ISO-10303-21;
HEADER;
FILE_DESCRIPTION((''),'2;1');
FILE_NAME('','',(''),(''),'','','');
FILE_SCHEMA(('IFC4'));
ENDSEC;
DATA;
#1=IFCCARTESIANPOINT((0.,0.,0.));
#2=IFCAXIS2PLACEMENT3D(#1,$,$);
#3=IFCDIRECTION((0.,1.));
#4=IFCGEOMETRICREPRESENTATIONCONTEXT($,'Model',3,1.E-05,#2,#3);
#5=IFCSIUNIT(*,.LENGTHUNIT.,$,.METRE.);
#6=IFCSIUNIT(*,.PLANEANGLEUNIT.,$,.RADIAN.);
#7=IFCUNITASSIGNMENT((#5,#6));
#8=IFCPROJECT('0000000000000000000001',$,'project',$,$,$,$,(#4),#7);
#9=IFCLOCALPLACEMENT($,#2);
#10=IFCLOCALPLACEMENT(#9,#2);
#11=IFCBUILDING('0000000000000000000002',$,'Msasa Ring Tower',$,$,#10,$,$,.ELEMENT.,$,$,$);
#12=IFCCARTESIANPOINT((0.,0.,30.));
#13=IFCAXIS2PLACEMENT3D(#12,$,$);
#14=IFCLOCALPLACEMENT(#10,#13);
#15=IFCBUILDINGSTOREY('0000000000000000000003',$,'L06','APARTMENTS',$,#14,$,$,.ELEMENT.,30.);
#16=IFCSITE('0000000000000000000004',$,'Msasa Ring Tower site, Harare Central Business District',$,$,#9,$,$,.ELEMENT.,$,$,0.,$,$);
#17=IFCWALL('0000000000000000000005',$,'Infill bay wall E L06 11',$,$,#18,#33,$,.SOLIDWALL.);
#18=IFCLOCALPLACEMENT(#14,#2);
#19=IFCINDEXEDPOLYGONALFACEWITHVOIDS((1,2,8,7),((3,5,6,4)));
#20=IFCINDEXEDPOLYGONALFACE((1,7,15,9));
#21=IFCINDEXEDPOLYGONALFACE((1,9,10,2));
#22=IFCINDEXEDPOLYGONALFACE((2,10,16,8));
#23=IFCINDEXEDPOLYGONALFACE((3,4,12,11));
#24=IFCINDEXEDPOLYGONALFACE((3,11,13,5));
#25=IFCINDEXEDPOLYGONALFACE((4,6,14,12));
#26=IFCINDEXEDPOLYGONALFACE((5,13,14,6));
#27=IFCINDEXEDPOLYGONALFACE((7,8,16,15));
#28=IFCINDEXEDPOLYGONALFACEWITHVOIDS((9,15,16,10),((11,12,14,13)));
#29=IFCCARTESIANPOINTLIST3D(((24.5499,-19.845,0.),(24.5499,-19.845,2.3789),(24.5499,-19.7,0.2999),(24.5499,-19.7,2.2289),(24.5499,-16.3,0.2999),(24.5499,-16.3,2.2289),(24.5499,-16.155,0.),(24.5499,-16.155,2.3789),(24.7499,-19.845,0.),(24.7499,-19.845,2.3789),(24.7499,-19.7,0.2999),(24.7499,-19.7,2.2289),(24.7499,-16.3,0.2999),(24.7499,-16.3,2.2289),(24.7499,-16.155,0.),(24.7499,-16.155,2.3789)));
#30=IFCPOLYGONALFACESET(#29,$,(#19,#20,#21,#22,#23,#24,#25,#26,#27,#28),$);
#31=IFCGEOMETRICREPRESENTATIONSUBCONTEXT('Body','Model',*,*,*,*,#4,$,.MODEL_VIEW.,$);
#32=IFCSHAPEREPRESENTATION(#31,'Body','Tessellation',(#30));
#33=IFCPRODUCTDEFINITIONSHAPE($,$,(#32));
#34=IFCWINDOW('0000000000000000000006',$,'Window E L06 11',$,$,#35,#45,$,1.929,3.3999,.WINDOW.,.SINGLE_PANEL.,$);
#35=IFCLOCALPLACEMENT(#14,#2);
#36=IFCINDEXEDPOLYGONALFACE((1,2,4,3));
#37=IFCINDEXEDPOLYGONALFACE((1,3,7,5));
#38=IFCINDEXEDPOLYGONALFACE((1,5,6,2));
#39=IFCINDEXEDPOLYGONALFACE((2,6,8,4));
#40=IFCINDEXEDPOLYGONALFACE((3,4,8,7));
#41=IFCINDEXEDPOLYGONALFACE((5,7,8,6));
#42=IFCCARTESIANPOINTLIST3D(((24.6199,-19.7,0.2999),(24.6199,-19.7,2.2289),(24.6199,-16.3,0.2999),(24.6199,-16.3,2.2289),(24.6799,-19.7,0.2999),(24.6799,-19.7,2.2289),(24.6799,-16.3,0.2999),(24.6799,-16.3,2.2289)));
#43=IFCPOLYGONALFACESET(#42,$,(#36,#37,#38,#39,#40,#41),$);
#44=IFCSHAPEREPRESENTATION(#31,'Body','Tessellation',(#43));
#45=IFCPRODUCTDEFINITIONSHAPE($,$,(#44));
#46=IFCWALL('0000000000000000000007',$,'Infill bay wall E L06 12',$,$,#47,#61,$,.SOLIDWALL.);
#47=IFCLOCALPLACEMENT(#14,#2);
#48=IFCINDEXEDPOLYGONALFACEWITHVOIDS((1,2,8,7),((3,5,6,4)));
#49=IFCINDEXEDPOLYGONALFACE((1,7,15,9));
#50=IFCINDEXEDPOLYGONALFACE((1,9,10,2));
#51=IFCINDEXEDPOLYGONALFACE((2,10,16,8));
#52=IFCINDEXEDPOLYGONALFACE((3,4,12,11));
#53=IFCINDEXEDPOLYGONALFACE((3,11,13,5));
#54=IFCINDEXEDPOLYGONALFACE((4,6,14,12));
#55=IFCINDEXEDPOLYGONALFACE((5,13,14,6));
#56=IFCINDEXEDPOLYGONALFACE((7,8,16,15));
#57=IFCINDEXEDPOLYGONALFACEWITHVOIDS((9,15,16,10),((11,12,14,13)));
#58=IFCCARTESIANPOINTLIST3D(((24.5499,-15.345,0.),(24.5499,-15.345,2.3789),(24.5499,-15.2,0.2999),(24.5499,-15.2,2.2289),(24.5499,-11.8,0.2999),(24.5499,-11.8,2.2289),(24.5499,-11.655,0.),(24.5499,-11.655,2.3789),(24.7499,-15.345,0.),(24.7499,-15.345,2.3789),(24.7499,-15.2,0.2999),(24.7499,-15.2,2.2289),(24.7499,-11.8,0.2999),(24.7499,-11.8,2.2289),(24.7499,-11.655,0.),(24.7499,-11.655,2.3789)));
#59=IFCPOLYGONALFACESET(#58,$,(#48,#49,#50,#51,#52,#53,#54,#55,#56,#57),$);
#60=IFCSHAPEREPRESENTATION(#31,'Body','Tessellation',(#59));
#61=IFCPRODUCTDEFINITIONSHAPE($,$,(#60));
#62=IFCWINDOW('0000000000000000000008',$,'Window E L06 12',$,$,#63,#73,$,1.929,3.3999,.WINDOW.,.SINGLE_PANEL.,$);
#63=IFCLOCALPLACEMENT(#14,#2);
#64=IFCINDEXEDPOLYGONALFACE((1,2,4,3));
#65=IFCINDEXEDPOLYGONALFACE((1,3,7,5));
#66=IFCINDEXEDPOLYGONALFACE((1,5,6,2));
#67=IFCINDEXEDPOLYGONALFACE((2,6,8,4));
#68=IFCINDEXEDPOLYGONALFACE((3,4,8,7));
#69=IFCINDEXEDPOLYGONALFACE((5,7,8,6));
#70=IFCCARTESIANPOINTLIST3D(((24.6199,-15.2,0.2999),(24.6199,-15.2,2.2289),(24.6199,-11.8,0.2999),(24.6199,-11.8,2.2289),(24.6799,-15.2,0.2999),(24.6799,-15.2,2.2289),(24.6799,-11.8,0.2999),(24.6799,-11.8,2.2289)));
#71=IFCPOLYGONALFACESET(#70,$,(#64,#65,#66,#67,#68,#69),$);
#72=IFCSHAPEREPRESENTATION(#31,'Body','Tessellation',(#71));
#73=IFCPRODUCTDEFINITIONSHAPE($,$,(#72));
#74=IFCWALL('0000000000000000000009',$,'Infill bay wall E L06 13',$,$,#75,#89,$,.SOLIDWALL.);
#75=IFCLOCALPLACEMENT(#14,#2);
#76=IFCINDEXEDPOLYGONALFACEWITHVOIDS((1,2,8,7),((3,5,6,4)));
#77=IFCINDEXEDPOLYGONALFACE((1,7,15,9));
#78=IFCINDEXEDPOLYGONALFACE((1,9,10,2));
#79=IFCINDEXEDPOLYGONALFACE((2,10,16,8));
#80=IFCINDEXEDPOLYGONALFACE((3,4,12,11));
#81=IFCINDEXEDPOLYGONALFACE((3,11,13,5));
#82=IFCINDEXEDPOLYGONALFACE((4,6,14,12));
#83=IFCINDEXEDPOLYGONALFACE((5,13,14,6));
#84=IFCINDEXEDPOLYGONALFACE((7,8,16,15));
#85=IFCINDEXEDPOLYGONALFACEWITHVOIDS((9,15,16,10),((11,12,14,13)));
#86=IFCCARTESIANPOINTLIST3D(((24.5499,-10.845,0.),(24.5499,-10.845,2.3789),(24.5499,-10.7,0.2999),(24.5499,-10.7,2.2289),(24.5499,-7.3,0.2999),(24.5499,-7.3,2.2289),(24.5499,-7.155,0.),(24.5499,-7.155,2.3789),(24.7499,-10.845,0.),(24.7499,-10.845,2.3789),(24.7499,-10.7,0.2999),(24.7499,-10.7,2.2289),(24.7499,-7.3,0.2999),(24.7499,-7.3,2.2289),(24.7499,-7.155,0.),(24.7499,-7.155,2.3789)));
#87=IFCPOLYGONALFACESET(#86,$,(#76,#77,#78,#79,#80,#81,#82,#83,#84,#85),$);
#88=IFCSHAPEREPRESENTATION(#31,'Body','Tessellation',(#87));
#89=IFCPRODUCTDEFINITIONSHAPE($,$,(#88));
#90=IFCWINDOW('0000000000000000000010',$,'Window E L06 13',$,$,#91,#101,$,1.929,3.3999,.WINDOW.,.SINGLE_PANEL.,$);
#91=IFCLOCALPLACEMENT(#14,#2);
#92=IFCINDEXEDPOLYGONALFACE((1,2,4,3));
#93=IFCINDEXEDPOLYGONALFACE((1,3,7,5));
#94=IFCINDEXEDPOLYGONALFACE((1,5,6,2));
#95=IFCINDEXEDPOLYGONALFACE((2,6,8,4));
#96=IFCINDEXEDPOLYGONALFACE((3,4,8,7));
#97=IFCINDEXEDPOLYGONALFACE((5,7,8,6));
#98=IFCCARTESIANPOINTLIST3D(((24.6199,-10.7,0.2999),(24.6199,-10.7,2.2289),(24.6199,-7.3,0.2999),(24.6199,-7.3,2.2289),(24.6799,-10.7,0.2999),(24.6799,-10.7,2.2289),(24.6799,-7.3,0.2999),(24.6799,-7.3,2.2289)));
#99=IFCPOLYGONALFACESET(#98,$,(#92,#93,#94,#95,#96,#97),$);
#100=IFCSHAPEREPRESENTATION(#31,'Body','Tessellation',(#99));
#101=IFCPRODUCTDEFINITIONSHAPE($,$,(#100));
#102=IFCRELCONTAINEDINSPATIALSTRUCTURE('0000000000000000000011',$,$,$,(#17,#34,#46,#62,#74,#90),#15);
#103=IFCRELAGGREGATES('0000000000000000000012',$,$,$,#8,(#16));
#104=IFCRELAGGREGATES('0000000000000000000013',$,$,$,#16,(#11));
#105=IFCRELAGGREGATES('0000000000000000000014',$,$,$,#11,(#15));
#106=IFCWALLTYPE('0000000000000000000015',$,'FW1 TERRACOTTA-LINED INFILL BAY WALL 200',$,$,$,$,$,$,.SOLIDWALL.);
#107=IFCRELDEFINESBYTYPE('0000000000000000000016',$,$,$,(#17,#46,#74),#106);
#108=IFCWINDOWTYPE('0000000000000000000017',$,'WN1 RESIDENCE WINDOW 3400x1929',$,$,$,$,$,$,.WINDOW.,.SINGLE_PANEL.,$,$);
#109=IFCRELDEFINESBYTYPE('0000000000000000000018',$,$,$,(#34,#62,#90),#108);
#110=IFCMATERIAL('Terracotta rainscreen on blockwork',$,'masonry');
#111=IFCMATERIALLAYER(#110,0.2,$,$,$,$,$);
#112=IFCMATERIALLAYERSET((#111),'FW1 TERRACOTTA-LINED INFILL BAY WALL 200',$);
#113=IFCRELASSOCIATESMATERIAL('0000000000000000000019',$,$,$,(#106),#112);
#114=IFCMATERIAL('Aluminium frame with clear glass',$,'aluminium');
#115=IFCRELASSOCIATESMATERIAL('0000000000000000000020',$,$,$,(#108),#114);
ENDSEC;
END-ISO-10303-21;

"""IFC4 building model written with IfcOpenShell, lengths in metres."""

from ifc_helpers import new_model, si_unit, direction, frame, frame_2d, origin, place, context, subcontext, project, spatial, rectangle, extrude, material, layer, layer_set, type_object, element, fill, save


model = new_model("IFC4")

# Units and contexts
model_context = context("Model", 3, precision=1e-05, world=origin(), true_north=direction((0.0, 1.0)))
body_context = subcontext(model_context, "Body", "Model", "MODEL_VIEW")
ifc_project = project(units=[si_unit("LENGTHUNIT", "METRE"), si_unit("PLANEANGLEUNIT", "RADIAN")], contexts=[model_context])

# Site, building, storey
site_placement = place(None, origin())
site = spatial("IfcSite", under=ifc_project, at=site_placement, Name="Msasa Ring Tower site, Harare Central Business District", CompositionType="ELEMENT", RefElevation=0.0)
building_placement = place(site_placement, origin())
building = spatial("IfcBuilding", under=site, at=building_placement, Name="Msasa Ring Tower", CompositionType="ELEMENT")
storey_placement = place(building_placement, frame((0.0, 0.0, 30.0)))
storey = spatial("IfcBuildingStorey", under=building, at=storey_placement, Name="L06", Description="APARTMENTS", CompositionType="ELEMENT", Elevation=30.0)

# Walls, openings, windows
ifc_material_1 = material(Name="Terracotta rainscreen on blockwork", Category="masonry")
ifc_layer_1 = layer(ifc_material_1, 0.2)
ifc_layer_set_1 = layer_set([ifc_layer_1], Name="FW1 TERRACOTTA-LINED INFILL BAY WALL 200")
wall_type_1 = type_object("IfcWallType", Name="FW1 TERRACOTTA-LINED INFILL BAY WALL 200", PredefinedType="SOLIDWALL", material=ifc_layer_set_1)
wall_1_placement = place(storey_placement, frame((24.6499, -19.845, 0.0), z_axis=(0.0, 0.0, 1.0), x_axis=(0.0, 1.0, 0.0)))
wall_1 = element("IfcWall", 1, at=wall_1_placement, inside=storey, type_object=wall_type_1, Name="Infill bay wall E L06 11", PredefinedType="SOLIDWALL", context=body_context, shape_type="SweptSolid", body=[
    extrude(rectangle(XDim=3.6899, YDim=0.2, at=frame_2d((1.845, 0.0))), origin(), (0.0, 0.0, 1.0), 2.3789),
])
opening_1_placement = place(wall_1_placement, frame((0.145, 0.0, 0.3)))
opening_1 = element("IfcOpeningElement", 2, at=opening_1_placement, cuts=wall_1, PredefinedType="OPENING", context=body_context, shape_type="SweptSolid", body=[
    extrude(rectangle(XDim=3.3999, YDim=1.929, at=frame_2d((1.7, 0.9644))), frame((0.0, 0.1099, 0.0), z_axis=(0.0, -1.0, 0.0), x_axis=(1.0, 0.0, 0.0)), (0.0, 0.0, 1.0), 0.22),
])
ifc_material_2 = material(Name="Aluminium frame with clear glass", Category="aluminium")
window_type = type_object("IfcWindowType", Name="WN1 RESIDENCE WINDOW 3400x1929", PartitioningType="SINGLE_PANEL", PredefinedType="WINDOW", material=ifc_material_2)
window_1_placement = place(opening_1_placement, origin())
window_1 = element("IfcWindow", 3, at=window_1_placement, inside=storey, type_object=window_type, Name="Window E L06 11", OverallHeight=1.929, OverallWidth=3.3999, PartitioningType="SINGLE_PANEL", PredefinedType="WINDOW", context=body_context, shape_type="SweptSolid", body=[
    extrude(rectangle(XDim=3.3999, YDim=1.929, at=frame_2d((1.7, 0.9644))), frame((0.0, 0.03, 0.0), z_axis=(0.0, -1.0, 0.0), x_axis=(1.0, 0.0, 0.0)), (0.0, 0.0, 1.0), 0.0601),
])
fill(opening_1, window_1)
wall_2_placement = place(storey_placement, frame((24.6499, -15.345, 0.0), z_axis=(0.0, 0.0, 1.0), x_axis=(0.0, 1.0, 0.0)))
wall_2 = element("IfcWall", 4, at=wall_2_placement, inside=storey, type_object=wall_type_1, Name="Infill bay wall E L06 12", PredefinedType="SOLIDWALL", context=body_context, shape_type="SweptSolid", body=[
    extrude(rectangle(XDim=3.6899, YDim=0.2, at=frame_2d((1.845, 0.0))), origin(), (0.0, 0.0, 1.0), 2.3789),
])
opening_2_placement = place(wall_2_placement, frame((0.145, 0.0, 0.3)))
opening_2 = element("IfcOpeningElement", 5, at=opening_2_placement, cuts=wall_2, PredefinedType="OPENING", context=body_context, shape_type="SweptSolid", body=[
    extrude(rectangle(XDim=3.3999, YDim=1.929, at=frame_2d((1.7, 0.9644))), frame((0.0, 0.1099, 0.0), z_axis=(0.0, -1.0, 0.0), x_axis=(1.0, 0.0, 0.0)), (0.0, 0.0, 1.0), 0.22),
])
window_2_placement = place(opening_2_placement, origin())
window_2 = element("IfcWindow", 6, at=window_2_placement, inside=storey, type_object=window_type, Name="Window E L06 12", OverallHeight=1.929, OverallWidth=3.3999, PartitioningType="SINGLE_PANEL", PredefinedType="WINDOW", context=body_context, shape_type="SweptSolid", body=[
    extrude(rectangle(XDim=3.3999, YDim=1.929, at=frame_2d((1.7, 0.9644))), frame((0.0, 0.03, 0.0), z_axis=(0.0, -1.0, 0.0), x_axis=(1.0, 0.0, 0.0)), (0.0, 0.0, 1.0), 0.0601),
])
fill(opening_2, window_2)
wall_3_placement = place(storey_placement, frame((24.6499, -10.845, 0.0), z_axis=(0.0, 0.0, 1.0), x_axis=(0.0, 1.0, 0.0)))
wall_3 = element("IfcWall", 7, at=wall_3_placement, inside=storey, type_object=wall_type_1, Name="Infill bay wall E L06 13", PredefinedType="SOLIDWALL", context=body_context, shape_type="SweptSolid", body=[
    extrude(rectangle(XDim=3.6899, YDim=0.2, at=frame_2d((1.845, 0.0))), origin(), (0.0, 0.0, 1.0), 2.3789),
])
opening_3_placement = place(wall_3_placement, frame((0.145, 0.0, 0.3)))
opening_3 = element("IfcOpeningElement", 8, at=opening_3_placement, cuts=wall_3, PredefinedType="OPENING", context=body_context, shape_type="SweptSolid", body=[
    extrude(rectangle(XDim=3.3999, YDim=1.929, at=frame_2d((1.7, 0.9644))), frame((0.0, 0.1099, 0.0), z_axis=(0.0, -1.0, 0.0), x_axis=(1.0, 0.0, 0.0)), (0.0, 0.0, 1.0), 0.22),
])
window_3_placement = place(opening_3_placement, origin())
window_3 = element("IfcWindow", 9, at=window_3_placement, inside=storey, type_object=window_type, Name="Window E L06 13", OverallHeight=1.929, OverallWidth=3.3999, PartitioningType="SINGLE_PANEL", PredefinedType="WINDOW", context=body_context, shape_type="SweptSolid", body=[
    extrude(rectangle(XDim=3.3999, YDim=1.929, at=frame_2d((1.7, 0.9644))), frame((0.0, 0.03, 0.0), z_axis=(0.0, -1.0, 0.0), x_axis=(1.0, 0.0, 0.0)), (0.0, 0.0, 1.0), 0.0601),
])
fill(opening_3, window_3)

save(model, "model.ifc")
